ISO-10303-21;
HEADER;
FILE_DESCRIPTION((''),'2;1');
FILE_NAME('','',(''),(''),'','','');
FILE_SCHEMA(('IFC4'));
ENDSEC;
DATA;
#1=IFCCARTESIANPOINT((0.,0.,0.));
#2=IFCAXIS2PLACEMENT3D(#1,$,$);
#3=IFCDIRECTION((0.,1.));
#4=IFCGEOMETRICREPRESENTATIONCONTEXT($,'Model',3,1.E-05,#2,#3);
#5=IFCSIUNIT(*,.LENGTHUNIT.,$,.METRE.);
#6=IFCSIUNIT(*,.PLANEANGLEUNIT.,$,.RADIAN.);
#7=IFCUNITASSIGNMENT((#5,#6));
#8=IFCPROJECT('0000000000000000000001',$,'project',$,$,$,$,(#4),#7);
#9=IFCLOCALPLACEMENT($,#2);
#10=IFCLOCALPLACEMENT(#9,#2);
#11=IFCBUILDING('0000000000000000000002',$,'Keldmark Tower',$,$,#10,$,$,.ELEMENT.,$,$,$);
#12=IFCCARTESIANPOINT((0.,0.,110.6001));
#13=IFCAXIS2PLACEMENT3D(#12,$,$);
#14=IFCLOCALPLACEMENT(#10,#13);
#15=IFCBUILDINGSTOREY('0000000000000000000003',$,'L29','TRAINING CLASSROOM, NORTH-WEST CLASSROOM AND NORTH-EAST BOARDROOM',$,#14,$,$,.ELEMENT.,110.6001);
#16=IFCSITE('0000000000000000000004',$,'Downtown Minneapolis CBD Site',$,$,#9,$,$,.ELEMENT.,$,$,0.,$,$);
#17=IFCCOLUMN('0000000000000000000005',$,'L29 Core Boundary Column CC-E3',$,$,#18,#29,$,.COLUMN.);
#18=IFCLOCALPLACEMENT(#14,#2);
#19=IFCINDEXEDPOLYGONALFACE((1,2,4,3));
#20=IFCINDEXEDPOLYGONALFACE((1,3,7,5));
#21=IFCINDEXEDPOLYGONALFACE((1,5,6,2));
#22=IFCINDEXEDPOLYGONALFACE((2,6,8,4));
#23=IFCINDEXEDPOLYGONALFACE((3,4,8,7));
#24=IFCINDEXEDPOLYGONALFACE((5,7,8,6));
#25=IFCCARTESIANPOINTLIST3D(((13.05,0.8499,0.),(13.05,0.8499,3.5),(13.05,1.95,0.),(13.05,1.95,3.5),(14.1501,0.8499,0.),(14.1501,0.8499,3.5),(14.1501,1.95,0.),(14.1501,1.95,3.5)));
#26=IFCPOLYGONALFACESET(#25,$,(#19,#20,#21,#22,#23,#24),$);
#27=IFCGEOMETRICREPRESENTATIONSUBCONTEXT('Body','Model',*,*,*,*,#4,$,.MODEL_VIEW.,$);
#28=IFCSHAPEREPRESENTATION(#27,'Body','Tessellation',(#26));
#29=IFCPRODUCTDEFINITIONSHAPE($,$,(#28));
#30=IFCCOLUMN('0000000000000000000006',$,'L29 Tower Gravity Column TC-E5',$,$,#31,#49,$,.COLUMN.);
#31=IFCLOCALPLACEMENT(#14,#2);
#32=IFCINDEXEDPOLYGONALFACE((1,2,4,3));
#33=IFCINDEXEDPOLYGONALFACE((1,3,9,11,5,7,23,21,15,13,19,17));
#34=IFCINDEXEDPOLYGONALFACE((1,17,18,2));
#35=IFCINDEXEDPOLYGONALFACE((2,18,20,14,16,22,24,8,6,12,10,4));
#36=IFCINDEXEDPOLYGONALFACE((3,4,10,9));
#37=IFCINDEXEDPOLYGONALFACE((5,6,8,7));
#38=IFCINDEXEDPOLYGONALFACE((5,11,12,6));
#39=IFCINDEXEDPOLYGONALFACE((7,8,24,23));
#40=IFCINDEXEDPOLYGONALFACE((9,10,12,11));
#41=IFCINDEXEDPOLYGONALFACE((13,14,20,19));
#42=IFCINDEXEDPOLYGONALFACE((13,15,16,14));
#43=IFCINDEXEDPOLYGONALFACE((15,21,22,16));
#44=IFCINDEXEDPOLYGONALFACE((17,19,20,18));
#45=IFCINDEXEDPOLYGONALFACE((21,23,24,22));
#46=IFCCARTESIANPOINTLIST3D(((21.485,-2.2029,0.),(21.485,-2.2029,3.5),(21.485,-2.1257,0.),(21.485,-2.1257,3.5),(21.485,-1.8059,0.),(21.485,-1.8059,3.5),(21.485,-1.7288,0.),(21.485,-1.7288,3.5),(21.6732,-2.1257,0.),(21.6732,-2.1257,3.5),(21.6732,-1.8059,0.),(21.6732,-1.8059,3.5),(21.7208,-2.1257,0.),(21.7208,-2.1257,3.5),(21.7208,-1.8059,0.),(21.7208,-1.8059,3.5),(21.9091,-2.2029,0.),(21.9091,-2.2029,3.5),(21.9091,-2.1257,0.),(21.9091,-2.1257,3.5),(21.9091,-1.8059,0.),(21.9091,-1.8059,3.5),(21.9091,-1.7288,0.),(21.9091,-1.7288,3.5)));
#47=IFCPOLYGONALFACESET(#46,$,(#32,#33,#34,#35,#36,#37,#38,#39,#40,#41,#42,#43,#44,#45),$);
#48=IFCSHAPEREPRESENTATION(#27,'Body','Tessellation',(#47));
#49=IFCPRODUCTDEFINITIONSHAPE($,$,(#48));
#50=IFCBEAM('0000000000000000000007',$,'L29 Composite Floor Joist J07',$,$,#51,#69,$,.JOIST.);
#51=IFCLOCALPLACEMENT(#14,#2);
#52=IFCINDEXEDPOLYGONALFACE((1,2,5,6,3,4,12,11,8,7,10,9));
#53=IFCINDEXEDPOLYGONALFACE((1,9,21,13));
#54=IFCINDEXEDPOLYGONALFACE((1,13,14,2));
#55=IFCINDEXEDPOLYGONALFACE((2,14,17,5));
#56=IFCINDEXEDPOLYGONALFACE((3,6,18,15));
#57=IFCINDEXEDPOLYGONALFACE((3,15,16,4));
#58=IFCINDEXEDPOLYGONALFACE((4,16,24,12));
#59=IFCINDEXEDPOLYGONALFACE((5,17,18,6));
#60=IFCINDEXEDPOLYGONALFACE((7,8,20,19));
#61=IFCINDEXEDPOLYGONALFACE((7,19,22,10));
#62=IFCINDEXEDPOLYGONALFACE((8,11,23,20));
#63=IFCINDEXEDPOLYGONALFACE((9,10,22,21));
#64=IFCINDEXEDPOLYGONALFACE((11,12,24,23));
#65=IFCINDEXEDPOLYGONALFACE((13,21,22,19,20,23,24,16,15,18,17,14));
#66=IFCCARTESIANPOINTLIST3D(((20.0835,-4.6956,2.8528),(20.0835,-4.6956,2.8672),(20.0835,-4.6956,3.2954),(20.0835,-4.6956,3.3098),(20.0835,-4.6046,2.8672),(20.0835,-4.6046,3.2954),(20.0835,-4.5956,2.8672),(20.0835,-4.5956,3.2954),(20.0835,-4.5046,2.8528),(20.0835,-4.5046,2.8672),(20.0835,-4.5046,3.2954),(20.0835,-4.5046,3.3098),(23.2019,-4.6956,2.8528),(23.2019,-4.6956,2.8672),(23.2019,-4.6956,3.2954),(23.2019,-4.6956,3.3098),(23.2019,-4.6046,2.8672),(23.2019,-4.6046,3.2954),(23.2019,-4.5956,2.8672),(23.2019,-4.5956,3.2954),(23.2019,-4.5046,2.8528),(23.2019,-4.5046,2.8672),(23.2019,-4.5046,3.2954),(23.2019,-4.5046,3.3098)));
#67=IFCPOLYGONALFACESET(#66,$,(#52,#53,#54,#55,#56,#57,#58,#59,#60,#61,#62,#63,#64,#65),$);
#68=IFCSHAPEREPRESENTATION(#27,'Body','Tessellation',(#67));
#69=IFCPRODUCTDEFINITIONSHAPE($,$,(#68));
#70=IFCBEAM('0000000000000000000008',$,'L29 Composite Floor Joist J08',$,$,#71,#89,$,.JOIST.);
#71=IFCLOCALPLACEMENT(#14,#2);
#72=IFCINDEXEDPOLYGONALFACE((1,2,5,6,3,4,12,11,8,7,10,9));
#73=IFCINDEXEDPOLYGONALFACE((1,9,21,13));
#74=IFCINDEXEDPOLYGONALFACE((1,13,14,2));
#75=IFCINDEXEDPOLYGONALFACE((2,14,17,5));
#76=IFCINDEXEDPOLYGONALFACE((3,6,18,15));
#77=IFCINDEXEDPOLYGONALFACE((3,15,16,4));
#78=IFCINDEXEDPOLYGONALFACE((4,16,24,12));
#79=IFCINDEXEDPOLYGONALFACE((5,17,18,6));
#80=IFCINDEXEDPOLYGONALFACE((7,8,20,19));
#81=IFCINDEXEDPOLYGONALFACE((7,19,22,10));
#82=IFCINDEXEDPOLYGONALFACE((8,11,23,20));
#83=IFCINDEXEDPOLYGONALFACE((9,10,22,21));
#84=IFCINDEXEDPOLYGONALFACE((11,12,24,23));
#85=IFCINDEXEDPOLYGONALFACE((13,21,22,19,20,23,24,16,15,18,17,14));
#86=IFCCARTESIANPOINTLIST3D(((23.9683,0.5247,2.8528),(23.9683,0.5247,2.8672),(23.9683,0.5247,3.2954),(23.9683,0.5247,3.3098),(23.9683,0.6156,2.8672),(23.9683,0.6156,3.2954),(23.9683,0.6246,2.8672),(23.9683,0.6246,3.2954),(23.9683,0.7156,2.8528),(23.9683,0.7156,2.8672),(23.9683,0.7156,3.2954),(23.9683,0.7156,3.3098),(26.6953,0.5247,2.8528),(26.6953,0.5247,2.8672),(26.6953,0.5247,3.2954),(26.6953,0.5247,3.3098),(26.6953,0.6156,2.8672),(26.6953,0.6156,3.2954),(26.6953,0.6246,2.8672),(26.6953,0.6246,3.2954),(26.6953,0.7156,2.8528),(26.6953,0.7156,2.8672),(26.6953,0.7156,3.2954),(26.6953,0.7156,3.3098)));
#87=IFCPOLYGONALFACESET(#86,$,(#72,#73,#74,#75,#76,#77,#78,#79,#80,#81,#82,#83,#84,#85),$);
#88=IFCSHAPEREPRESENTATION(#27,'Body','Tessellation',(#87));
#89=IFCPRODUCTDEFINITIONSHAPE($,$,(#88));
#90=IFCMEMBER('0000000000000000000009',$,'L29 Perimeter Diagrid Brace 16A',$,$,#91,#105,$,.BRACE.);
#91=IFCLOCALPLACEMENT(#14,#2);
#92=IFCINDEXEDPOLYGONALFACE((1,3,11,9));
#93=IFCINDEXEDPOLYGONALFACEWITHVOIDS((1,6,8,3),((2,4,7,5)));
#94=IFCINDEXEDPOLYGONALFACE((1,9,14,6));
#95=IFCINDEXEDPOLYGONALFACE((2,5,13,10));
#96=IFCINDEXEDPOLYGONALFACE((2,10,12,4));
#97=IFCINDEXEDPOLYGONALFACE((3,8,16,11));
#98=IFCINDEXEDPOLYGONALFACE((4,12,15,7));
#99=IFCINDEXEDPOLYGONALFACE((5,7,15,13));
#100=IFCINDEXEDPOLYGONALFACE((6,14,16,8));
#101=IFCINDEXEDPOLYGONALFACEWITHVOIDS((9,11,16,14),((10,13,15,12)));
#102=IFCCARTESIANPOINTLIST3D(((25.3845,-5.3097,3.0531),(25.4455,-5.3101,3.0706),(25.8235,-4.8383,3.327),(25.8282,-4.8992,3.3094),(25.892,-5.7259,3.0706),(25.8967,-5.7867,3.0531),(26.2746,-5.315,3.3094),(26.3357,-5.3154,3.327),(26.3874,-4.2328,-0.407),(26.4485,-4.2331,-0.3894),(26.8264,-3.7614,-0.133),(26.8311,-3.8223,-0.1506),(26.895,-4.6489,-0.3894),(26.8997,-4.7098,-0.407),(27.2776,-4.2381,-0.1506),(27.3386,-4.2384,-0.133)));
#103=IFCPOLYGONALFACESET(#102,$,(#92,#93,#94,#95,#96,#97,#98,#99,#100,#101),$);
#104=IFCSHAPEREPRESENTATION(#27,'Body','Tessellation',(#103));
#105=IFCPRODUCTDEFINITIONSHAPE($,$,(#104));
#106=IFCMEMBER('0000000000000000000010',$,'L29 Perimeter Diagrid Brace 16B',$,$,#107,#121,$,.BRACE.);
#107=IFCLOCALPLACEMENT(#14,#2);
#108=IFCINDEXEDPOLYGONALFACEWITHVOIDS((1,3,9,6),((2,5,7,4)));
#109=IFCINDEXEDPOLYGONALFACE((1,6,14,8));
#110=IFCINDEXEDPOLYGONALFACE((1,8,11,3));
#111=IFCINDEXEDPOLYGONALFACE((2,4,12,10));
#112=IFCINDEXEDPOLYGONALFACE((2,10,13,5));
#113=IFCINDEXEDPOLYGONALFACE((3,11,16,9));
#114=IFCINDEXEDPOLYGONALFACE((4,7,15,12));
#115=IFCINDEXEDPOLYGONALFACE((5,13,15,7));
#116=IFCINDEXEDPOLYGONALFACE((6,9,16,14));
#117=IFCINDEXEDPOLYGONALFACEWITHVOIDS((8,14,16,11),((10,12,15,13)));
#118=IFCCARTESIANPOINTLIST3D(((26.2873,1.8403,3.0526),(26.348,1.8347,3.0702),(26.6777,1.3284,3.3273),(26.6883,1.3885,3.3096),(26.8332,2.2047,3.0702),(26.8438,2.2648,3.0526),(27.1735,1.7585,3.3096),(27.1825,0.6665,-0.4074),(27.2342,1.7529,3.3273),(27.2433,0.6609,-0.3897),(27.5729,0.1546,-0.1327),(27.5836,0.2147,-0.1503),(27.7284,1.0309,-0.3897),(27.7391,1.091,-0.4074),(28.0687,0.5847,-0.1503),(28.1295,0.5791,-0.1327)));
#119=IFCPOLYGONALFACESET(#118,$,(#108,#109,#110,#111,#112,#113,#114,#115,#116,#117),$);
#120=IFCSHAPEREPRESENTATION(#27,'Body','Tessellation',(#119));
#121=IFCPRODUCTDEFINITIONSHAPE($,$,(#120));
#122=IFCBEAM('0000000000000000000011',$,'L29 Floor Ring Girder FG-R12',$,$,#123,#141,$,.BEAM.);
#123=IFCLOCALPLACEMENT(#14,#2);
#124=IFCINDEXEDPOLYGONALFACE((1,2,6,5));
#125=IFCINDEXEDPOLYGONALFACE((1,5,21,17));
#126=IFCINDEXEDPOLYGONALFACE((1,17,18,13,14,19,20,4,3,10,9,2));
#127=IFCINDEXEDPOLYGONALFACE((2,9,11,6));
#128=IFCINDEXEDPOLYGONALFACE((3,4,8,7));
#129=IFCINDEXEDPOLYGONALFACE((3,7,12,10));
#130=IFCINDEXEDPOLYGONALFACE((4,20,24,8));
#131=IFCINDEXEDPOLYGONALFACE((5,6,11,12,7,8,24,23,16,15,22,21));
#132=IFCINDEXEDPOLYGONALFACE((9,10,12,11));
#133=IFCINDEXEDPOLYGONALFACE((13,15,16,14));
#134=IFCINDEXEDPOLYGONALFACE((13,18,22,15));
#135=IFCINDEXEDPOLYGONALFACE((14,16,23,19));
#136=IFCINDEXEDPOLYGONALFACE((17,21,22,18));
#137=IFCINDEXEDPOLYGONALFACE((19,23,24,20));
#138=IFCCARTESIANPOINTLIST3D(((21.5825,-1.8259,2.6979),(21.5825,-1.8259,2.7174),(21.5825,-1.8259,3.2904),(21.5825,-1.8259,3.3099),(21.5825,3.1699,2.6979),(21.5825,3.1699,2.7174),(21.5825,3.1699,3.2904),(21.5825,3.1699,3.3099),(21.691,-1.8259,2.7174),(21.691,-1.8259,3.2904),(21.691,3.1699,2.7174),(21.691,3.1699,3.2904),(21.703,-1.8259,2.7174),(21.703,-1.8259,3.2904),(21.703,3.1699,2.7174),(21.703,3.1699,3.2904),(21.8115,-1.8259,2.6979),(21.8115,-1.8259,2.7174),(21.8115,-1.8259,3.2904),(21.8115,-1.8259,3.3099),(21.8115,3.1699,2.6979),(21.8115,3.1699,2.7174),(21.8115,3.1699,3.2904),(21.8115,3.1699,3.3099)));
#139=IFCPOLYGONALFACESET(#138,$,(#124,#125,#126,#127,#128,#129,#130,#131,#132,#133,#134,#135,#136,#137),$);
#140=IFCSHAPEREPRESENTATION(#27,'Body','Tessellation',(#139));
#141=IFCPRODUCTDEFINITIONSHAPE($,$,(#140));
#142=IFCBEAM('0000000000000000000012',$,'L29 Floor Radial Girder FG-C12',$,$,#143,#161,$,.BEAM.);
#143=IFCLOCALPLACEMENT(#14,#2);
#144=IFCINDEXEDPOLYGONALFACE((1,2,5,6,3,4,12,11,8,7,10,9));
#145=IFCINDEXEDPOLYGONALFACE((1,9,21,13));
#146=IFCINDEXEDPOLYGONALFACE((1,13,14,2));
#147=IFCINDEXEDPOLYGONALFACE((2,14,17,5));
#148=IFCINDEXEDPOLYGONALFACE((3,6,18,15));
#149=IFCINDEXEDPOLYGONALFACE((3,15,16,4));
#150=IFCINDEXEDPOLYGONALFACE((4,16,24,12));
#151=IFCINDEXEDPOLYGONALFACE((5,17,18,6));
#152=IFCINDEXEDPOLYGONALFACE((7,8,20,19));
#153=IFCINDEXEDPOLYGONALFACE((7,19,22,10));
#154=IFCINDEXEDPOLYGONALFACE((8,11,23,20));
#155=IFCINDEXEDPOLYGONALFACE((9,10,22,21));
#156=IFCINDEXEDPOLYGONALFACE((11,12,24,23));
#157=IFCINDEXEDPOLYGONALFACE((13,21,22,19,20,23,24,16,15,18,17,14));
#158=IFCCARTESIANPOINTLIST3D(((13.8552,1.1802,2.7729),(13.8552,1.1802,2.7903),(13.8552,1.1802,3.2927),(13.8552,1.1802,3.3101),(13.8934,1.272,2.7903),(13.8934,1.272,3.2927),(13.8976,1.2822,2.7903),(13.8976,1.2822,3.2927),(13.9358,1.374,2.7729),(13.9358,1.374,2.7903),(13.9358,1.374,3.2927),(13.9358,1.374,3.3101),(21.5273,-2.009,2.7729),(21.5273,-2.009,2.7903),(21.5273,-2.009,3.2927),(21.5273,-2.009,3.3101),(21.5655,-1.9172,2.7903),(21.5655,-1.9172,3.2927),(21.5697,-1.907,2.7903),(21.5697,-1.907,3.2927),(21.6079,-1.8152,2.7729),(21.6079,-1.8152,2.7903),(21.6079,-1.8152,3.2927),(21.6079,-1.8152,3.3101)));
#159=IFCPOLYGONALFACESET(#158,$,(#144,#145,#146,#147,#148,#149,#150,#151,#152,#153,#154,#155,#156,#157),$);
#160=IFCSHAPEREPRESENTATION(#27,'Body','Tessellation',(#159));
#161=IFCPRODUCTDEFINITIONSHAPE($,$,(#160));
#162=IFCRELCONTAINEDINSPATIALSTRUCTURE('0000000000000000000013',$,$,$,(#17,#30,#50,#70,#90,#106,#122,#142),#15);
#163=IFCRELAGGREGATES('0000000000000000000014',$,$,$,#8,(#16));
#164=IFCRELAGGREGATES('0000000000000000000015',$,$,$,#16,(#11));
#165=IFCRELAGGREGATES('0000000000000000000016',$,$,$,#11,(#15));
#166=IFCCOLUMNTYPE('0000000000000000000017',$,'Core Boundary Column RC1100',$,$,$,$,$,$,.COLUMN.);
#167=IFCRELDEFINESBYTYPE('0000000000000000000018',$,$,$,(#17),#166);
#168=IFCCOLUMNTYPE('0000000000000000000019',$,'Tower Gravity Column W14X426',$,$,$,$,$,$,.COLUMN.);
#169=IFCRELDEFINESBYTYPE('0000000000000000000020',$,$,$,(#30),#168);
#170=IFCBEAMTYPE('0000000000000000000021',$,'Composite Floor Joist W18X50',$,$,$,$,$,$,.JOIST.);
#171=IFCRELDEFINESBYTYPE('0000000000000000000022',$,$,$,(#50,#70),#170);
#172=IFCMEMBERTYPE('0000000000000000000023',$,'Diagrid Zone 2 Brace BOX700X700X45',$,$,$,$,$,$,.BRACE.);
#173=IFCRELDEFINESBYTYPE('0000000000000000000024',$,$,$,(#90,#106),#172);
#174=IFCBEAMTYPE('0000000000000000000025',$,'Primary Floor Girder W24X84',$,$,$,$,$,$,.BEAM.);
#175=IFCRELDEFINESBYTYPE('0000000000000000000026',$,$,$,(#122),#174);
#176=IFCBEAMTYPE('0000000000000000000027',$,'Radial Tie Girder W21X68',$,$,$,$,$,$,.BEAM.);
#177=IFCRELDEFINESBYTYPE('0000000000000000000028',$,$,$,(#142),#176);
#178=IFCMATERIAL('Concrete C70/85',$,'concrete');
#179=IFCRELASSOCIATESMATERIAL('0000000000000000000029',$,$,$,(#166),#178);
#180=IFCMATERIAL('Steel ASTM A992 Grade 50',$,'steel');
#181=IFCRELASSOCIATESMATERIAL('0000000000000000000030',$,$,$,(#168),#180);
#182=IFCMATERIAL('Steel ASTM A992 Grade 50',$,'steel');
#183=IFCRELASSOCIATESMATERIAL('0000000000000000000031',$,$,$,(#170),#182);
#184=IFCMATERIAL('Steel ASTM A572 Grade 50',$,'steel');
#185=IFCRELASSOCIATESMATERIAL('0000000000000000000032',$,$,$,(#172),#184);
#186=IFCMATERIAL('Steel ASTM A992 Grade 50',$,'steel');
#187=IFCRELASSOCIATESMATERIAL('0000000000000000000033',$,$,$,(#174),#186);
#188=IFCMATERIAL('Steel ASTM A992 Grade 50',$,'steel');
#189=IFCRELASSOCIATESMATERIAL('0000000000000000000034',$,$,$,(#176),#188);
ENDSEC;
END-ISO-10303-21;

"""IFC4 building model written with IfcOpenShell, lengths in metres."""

from ifc_helpers import new_model, si_unit, direction, frame, origin, origin_2d, place, context, subcontext, project, spatial, rectangle, hollow_rectangle, i_section, extrude, material, material_profile, profile_set, type_object, element, save


model = new_model("IFC4")

# Units and contexts
model_context = context("Model", 3, precision=1e-05, world=origin(), true_north=direction((0.0, 1.0)))
body_context = subcontext(model_context, "Body", "Model", "MODEL_VIEW")
ifc_project = project(units=[si_unit("LENGTHUNIT", "METRE"), si_unit("PLANEANGLEUNIT", "RADIAN")], contexts=[model_context])

# Site, building, storey
site_placement = place(None, origin())
site = spatial("IfcSite", under=ifc_project, at=site_placement, Name="Downtown Minneapolis CBD Site", CompositionType="ELEMENT", RefElevation=0.0)
building_placement = place(site_placement, origin())
building = spatial("IfcBuilding", under=site, at=building_placement, Name="Keldmark Tower", CompositionType="ELEMENT")
storey_placement = place(building_placement, frame((0.0, 0.0, 110.6001)))
storey = spatial("IfcBuildingStorey", under=building, at=storey_placement, Name="L29", Description="TRAINING CLASSROOM, NORTH-WEST CLASSROOM AND NORTH-EAST BOARDROOM", CompositionType="ELEMENT", Elevation=110.6001)

# Columns
ifc_material_1 = material(Name="Concrete C70/85", Category="concrete")
ifc_material_profile_1 = material_profile(ifc_material_1, rectangle(XDim=1.1001, YDim=1.1001, at=origin_2d()), Name="RC1100X1100")
ifc_profile_set_1 = profile_set([ifc_material_profile_1], Name="Concrete C70/85")
column_type_1 = type_object("IfcColumnType", Name="Core Boundary Column RC1100", PredefinedType="COLUMN", material=ifc_profile_set_1)
column_1_placement = place(storey_placement, frame((13.6001, 1.3999, 0.0), z_axis=(0.0, 0.0, 1.0), x_axis=(1.0, 0.0, 0.0)))
element("IfcColumn", 1, at=column_1_placement, inside=storey, type_object=column_type_1, Name="L29 Core Boundary Column CC-E3", PredefinedType="COLUMN", context=body_context, shape_type="SweptSolid", body=[
    extrude(rectangle(XDim=1.1001, YDim=1.1001, at=origin_2d()), origin(), (0.0, 0.0, 1.0), 3.5),
])
ifc_material_2 = material(Name="Steel ASTM A992 Grade 50", Category="steel")
ifc_material_profile_2 = material_profile(ifc_material_2, i_section(OverallWidth=0.4241, OverallDepth=0.4741, WebThickness=0.0476, FlangeThickness=0.0771, at=origin_2d()), Name="W14X426")
ifc_profile_set_2 = profile_set([ifc_material_profile_2], Name="Steel ASTM A992 Grade 50")
column_type_2 = type_object("IfcColumnType", Name="Tower Gravity Column W14X426", PredefinedType="COLUMN", material=ifc_profile_set_2)
column_2_placement = place(storey_placement, frame((21.697, -1.9658, 0.0), z_axis=(0.0, 0.0, 1.0), x_axis=(1.0, 0.0, 0.0)))
element("IfcColumn", 2, at=column_2_placement, inside=storey, type_object=column_type_2, Name="L29 Tower Gravity Column TC-E5", PredefinedType="COLUMN", context=body_context, shape_type="SweptSolid", body=[
    extrude(i_section(OverallWidth=0.4241, OverallDepth=0.4741, WebThickness=0.0476, FlangeThickness=0.0771, at=origin_2d()), origin(), (0.0, 0.0, 1.0), 3.5),
])

# Beams
ifc_material_3 = material(Name="Steel ASTM A992 Grade 50", Category="steel")
ifc_material_profile_3 = material_profile(ifc_material_3, i_section(OverallWidth=0.1909, OverallDepth=0.457, WebThickness=0.009, FlangeThickness=0.0144, at=origin_2d()), Name="W18X50")
ifc_profile_set_3 = profile_set([ifc_material_profile_3], Name="Steel ASTM A992 Grade 50")
beam_type_1 = type_object("IfcBeamType", Name="Composite Floor Joist W18X50", PredefinedType="JOIST", material=ifc_profile_set_3)
beam_1_placement = place(storey_placement, frame((20.0835, -4.6001, 3.0813), z_axis=(1.0, 0.0, 0.0), x_axis=(0.0, 1.0, 0.0)))
element("IfcBeam", 3, at=beam_1_placement, inside=storey, type_object=beam_type_1, Name="L29 Composite Floor Joist J07", PredefinedType="JOIST", context=body_context, shape_type="SweptSolid", body=[
    extrude(i_section(OverallWidth=0.1909, OverallDepth=0.457, WebThickness=0.009, FlangeThickness=0.0144, at=origin_2d()), origin(), (0.0, 0.0, 1.0), 3.1184),
])
beam_2_placement = place(storey_placement, frame((23.9683, 0.6201, 3.0813), z_axis=(1.0, 0.0, 0.0), x_axis=(0.0, 1.0, 0.0)))
element("IfcBeam", 4, at=beam_2_placement, inside=storey, type_object=beam_type_1, Name="L29 Composite Floor Joist J08", PredefinedType="JOIST", context=body_context, shape_type="SweptSolid", body=[
    extrude(i_section(OverallWidth=0.1909, OverallDepth=0.457, WebThickness=0.009, FlangeThickness=0.0144, at=origin_2d()), origin(), (0.0, 0.0, 1.0), 2.7271),
])

# Members
ifc_material_4 = material(Name="Steel ASTM A572 Grade 50", Category="steel")
ifc_material_profile_4 = material_profile(ifc_material_4, hollow_rectangle(XDim=0.7, YDim=0.7, WallThickness=0.0449, at=origin_2d()), Name="BOX700X700X45")
ifc_profile_set_4 = profile_set([ifc_material_profile_4], Name="Steel ASTM A572 Grade 50")
member_type = type_object("IfcMemberType", Name="Diagrid Zone 2 Brace BOX700X700X45", PredefinedType="BRACE", material=ifc_profile_set_4)
member_1_placement = place(storey_placement, frame((26.863, -4.2356, -0.27), z_axis=(-0.266743, -0.286418, 0.920224), x_axis=(0.731794, -0.681526, 0.0)))
element("IfcMember", 5, at=member_1_placement, inside=storey, type_object=member_type, Name="L29 Perimeter Diagrid Brace 16A", PredefinedType="BRACE", context=body_context, shape_type="SweptSolid", body=[
    extrude(hollow_rectangle(XDim=0.7, YDim=0.7, WallThickness=0.0449, at=origin_2d()), origin(), (0.0, 0.0, 1.0), 3.76),
])
member_2_placement = place(storey_placement, frame((27.656, 0.6228, -0.27), z_axis=(-0.237992, 0.312044, 0.919776), x_axis=(-0.795132, -0.606437, 0.0)))
element("IfcMember", 6, at=member_2_placement, inside=storey, type_object=member_type, Name="L29 Perimeter Diagrid Brace 16B", PredefinedType="BRACE", context=body_context, shape_type="SweptSolid", body=[
    extrude(hollow_rectangle(XDim=0.7, YDim=0.7, WallThickness=0.0449, at=origin_2d()), origin(), (0.0, 0.0, 1.0), 3.7617),
])

# Beams
ifc_material_5 = material(Name="Steel ASTM A992 Grade 50", Category="steel")
ifc_material_profile_5 = material_profile(ifc_material_5, i_section(OverallWidth=0.229, OverallDepth=0.6121, WebThickness=0.012, FlangeThickness=0.0195, at=origin_2d()), Name="W24X84")
ifc_profile_set_5 = profile_set([ifc_material_profile_5], Name="Steel ASTM A992 Grade 50")
beam_type_2 = type_object("IfcBeamType", Name="Primary Floor Girder W24X84", PredefinedType="BEAM", material=ifc_profile_set_5)
beam_3_placement = place(storey_placement, frame((21.697, -1.8259, 3.0039), z_axis=(0.0, 1.0, 0.0), x_axis=(-1.0, 0.0, 0.0)))
element("IfcBeam", 7, at=beam_3_placement, inside=storey, type_object=beam_type_2, Name="L29 Floor Ring Girder FG-R12", PredefinedType="BEAM", context=body_context, shape_type="SweptSolid", body=[
    extrude(i_section(OverallWidth=0.229, OverallDepth=0.6121, WebThickness=0.012, FlangeThickness=0.0195, at=origin_2d()), origin(), (0.0, 0.0, 1.0), 4.9958),
])
ifc_material_6 = material(Name="Steel ASTM A992 Grade 50", Category="steel")
ifc_material_profile_6 = material_profile(ifc_material_6, i_section(OverallWidth=0.21, OverallDepth=0.5371, WebThickness=0.011, FlangeThickness=0.0173, at=origin_2d()), Name="W21X68")
ifc_profile_set_6 = profile_set([ifc_material_profile_6], Name="Steel ASTM A992 Grade 50")
beam_type_3 = type_object("IfcBeamType", Name="Radial Tie Girder W21X68", PredefinedType="BEAM", material=ifc_profile_set_6)
beam_4_placement = place(storey_placement, frame((21.5676, -1.9121, 3.0415), z_axis=(-0.923397, 0.383845, 0.0), x_axis=(-0.383845, -0.923397, 0.0)))
element("IfcBeam", 8, at=beam_4_placement, inside=storey, type_object=beam_type_3, Name="L29 Floor Radial Girder FG-C12", PredefinedType="BEAM", context=body_context, shape_type="SweptSolid", body=[
    extrude(i_section(OverallWidth=0.21, OverallDepth=0.5371, WebThickness=0.011, FlangeThickness=0.0173, at=origin_2d()), origin(), (0.0, 0.0, 1.0), 8.3086),
])

save(model, "model.ifc")
